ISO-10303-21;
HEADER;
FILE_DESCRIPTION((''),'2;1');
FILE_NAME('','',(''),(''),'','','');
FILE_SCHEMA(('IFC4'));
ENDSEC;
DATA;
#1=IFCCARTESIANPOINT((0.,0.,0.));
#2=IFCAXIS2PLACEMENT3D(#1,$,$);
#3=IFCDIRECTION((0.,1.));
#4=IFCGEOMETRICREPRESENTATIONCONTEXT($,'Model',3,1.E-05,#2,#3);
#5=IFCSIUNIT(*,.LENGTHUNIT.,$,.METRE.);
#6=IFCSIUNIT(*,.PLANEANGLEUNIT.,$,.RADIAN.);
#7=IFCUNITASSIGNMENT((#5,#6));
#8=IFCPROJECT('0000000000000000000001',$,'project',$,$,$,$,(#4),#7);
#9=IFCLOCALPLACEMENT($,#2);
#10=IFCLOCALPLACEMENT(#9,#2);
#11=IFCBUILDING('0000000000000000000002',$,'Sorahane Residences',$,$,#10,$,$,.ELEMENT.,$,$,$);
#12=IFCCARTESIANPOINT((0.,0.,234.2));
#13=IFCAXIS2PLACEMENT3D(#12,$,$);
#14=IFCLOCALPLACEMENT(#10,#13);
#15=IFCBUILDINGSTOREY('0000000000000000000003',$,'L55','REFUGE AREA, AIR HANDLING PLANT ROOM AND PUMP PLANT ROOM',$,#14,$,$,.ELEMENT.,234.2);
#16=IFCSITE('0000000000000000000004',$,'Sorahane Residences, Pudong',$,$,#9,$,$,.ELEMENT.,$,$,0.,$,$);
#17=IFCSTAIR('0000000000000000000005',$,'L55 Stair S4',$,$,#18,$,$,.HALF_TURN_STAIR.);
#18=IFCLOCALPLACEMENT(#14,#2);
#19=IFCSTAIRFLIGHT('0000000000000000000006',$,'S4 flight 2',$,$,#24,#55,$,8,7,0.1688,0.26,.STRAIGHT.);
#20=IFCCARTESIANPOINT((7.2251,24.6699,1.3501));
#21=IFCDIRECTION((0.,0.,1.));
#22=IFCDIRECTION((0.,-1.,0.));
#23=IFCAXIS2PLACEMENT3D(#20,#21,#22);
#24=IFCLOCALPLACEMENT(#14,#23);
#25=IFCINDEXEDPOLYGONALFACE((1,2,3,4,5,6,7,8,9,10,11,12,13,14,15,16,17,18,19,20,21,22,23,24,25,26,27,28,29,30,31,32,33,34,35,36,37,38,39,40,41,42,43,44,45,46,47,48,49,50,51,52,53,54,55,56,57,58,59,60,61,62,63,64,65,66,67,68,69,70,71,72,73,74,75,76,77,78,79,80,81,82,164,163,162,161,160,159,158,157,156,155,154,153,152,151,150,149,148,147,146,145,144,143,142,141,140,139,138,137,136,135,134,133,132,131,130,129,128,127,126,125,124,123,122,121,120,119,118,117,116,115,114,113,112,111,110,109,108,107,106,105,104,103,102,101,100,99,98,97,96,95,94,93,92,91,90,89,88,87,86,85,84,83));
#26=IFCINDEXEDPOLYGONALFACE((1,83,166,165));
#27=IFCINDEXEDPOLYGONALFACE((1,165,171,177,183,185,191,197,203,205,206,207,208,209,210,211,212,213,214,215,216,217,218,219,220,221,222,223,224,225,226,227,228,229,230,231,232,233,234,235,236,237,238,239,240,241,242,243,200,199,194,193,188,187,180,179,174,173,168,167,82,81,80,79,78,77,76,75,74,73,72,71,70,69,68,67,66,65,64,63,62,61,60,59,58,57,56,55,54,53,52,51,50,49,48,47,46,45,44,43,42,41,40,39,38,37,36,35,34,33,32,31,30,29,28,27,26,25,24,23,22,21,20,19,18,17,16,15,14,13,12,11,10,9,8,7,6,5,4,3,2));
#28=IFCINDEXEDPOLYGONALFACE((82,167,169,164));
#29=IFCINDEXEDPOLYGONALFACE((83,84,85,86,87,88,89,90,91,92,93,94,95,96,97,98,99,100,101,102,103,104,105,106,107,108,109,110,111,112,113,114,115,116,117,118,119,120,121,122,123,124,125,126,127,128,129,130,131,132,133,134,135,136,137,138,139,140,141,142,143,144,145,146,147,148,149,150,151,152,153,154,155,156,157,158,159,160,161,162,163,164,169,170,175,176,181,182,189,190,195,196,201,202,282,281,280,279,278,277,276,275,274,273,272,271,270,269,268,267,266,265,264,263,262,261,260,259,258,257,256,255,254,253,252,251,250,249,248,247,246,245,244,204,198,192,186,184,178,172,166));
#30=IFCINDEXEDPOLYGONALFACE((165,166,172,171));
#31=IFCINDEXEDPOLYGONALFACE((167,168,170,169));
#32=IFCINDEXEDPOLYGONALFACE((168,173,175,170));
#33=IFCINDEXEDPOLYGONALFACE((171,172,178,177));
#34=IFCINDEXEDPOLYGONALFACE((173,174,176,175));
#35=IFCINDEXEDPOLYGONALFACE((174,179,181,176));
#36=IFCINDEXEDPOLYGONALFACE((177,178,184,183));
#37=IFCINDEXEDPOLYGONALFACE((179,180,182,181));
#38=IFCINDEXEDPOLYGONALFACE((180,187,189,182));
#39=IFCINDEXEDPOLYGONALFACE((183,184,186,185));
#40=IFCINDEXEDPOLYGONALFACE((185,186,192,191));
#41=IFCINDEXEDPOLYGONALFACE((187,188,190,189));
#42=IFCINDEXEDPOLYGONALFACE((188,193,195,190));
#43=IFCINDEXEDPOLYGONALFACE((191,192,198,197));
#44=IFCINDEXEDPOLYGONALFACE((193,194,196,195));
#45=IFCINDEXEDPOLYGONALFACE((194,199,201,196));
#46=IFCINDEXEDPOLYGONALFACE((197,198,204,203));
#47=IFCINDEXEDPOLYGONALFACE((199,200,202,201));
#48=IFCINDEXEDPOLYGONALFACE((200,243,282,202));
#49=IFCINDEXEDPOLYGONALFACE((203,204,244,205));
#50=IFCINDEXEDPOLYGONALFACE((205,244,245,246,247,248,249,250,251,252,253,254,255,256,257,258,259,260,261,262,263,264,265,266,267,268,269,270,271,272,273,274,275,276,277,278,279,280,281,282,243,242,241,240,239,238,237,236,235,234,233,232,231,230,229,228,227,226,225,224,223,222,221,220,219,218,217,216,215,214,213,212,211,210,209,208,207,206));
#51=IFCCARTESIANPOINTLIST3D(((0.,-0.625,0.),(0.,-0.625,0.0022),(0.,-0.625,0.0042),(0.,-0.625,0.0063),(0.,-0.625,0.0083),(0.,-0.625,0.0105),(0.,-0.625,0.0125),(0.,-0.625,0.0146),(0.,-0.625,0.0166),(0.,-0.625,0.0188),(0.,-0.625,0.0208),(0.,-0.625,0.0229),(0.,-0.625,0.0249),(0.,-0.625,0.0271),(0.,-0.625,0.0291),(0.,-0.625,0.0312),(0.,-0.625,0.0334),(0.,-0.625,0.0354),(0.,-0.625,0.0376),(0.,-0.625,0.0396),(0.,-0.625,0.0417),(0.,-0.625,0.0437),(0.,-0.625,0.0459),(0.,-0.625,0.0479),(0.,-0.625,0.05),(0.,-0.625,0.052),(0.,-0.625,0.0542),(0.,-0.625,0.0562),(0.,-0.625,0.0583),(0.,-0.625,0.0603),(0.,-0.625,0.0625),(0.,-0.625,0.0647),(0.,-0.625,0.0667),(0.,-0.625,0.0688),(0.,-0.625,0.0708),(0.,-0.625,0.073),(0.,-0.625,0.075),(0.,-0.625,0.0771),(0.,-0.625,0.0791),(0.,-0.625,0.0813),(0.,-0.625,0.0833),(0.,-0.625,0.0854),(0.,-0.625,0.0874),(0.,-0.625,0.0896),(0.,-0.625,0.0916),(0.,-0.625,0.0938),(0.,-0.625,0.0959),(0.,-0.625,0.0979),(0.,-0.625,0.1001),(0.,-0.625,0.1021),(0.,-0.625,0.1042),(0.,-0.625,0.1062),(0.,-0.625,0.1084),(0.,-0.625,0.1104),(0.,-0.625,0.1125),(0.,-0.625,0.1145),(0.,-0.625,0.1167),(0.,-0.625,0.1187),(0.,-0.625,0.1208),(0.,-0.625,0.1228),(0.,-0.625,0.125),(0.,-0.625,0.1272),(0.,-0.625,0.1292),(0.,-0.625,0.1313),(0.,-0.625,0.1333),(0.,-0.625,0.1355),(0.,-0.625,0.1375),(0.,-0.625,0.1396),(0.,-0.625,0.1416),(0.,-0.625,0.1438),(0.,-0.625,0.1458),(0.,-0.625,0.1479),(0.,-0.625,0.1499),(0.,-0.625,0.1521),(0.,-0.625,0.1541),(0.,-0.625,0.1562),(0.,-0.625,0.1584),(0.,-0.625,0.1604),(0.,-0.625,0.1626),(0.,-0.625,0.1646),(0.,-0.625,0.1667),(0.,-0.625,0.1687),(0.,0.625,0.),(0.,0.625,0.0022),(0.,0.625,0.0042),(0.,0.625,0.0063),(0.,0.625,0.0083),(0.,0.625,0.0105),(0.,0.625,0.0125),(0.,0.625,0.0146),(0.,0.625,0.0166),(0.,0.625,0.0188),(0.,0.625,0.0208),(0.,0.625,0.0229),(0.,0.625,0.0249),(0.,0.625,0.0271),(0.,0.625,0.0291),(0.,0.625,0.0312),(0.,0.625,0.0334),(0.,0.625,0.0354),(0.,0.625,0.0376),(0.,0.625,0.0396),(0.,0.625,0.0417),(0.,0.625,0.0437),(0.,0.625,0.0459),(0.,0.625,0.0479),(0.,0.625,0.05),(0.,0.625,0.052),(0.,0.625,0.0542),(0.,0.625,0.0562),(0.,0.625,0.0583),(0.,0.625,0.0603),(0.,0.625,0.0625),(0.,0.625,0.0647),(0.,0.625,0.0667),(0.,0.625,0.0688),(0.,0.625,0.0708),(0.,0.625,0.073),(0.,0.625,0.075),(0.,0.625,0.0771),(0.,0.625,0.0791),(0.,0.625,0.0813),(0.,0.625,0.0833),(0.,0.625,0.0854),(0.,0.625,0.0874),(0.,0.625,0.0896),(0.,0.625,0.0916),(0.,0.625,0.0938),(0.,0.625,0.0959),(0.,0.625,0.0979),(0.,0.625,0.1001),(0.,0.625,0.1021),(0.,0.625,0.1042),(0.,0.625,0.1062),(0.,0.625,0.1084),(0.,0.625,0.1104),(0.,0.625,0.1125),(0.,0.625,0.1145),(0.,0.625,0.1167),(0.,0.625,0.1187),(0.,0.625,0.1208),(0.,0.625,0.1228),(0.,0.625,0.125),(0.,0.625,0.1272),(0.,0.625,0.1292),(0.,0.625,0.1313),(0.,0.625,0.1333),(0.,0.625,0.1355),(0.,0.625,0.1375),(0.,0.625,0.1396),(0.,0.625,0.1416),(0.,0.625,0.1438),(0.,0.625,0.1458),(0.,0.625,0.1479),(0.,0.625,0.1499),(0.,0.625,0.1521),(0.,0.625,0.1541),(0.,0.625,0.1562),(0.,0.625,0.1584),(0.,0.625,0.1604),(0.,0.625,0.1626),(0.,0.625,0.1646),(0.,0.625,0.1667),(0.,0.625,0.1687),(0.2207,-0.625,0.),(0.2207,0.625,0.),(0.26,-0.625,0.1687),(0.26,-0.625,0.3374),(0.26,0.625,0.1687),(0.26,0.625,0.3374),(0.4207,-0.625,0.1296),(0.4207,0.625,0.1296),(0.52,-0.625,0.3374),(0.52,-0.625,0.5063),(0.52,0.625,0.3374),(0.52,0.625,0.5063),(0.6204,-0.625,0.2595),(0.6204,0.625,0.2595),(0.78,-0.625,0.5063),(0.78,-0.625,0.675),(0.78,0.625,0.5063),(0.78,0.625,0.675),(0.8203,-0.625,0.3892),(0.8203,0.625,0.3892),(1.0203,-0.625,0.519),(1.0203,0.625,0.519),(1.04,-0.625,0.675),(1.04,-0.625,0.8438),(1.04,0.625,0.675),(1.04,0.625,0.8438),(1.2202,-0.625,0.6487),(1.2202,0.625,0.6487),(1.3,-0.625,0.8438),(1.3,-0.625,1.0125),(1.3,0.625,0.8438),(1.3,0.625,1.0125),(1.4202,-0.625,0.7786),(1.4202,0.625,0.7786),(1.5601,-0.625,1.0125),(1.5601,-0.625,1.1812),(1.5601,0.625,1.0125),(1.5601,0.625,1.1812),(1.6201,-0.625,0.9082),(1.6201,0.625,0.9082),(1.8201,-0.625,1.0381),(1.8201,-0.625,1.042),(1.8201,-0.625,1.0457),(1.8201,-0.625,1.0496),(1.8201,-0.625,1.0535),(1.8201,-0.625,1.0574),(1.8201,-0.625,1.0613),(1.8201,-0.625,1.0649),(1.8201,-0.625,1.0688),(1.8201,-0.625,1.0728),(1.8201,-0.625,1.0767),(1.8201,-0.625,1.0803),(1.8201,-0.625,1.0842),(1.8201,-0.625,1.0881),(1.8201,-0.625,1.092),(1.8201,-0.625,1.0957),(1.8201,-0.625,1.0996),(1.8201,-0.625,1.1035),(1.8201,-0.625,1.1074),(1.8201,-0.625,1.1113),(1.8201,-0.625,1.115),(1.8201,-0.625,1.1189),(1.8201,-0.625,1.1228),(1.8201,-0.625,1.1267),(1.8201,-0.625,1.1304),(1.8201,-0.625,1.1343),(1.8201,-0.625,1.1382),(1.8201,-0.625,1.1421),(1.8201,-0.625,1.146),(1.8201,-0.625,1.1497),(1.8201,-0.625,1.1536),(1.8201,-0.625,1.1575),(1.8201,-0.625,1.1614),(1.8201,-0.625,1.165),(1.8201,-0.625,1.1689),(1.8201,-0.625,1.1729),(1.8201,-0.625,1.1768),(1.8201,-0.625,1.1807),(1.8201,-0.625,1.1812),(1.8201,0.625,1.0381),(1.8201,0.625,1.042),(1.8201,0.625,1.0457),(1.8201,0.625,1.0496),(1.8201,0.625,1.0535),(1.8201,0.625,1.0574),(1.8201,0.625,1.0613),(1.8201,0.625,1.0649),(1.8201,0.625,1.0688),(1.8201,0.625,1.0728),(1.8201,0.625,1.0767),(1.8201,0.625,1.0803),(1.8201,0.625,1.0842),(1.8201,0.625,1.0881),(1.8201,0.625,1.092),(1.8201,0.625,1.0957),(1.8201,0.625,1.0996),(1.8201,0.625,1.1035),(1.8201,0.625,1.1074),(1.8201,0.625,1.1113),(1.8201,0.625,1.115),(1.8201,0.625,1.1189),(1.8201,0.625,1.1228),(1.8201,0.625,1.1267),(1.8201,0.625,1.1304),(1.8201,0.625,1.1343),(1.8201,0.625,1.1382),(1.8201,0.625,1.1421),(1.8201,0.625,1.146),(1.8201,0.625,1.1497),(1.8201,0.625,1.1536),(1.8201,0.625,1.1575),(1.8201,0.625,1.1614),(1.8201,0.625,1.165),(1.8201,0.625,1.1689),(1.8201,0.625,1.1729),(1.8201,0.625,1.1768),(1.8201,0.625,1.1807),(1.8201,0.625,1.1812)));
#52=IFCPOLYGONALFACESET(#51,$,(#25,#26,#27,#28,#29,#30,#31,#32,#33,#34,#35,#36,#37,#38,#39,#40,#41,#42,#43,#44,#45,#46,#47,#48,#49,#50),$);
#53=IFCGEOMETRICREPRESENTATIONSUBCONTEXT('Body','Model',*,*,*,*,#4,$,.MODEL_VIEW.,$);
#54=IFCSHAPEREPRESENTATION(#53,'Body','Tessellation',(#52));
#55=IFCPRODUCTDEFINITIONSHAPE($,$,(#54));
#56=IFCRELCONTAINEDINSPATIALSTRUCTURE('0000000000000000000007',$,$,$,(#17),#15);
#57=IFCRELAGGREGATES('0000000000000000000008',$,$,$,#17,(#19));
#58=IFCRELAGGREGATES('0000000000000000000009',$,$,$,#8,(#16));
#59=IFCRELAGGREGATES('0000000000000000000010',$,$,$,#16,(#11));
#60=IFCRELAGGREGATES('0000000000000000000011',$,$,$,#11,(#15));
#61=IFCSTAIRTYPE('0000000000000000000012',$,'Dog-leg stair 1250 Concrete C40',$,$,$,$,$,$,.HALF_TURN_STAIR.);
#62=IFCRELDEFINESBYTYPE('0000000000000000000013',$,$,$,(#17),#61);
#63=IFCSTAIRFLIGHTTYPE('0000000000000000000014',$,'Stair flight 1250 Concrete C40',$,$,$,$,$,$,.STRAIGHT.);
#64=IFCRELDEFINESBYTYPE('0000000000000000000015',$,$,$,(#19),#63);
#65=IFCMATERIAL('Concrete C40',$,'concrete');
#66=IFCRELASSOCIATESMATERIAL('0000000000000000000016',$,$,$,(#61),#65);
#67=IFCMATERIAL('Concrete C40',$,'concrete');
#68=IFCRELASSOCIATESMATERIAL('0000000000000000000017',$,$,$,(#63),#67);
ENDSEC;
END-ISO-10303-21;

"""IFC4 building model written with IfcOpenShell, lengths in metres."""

from ifc_helpers import new_model, si_unit, direction, frame, origin, place, context, subcontext, project, spatial, polyline, outline, extrude, material, type_object, element, aggregate, save


model = new_model("IFC4")

# Units and contexts
model_context = context("Model", 3, precision=1e-05, world=origin(), true_north=direction((0.0, 1.0)))
body_context = subcontext(model_context, "Body", "Model", "MODEL_VIEW")
ifc_project = project(units=[si_unit("LENGTHUNIT", "METRE"), si_unit("PLANEANGLEUNIT", "RADIAN")], contexts=[model_context])

# Site, building, storey
site_placement = place(None, origin())
site = spatial("IfcSite", under=ifc_project, at=site_placement, Name="Sorahane Residences, Pudong", CompositionType="ELEMENT", RefElevation=0.0)
building_placement = place(site_placement, origin())
building = spatial("IfcBuilding", under=site, at=building_placement, Name="Sorahane Residences", CompositionType="ELEMENT")
storey_placement = place(building_placement, frame((0.0, 0.0, 234.2)))
storey = spatial("IfcBuildingStorey", under=building, at=storey_placement, Name="L55", Description="REFUGE AREA, AIR HANDLING PLANT ROOM AND PUMP PLANT ROOM", CompositionType="ELEMENT", Elevation=234.2)

# Stair, stair flight
ifc_material_1 = material(Name="Concrete C40", Category="concrete")
stair_type = type_object("IfcStairType", Name="Dog-leg stair 1250 Concrete C40", PredefinedType="HALF_TURN_STAIR", material=ifc_material_1)
stair_placement = place(storey_placement, origin())
stair = element("IfcStair", 1, at=stair_placement, inside=storey, type_object=stair_type, Name="L55 Stair S4", PredefinedType="HALF_TURN_STAIR")
ifc_material_2 = material(Name="Concrete C40", Category="concrete")
stair_flight_type = type_object("IfcStairFlightType", Name="Stair flight 1250 Concrete C40", PredefinedType="STRAIGHT", material=ifc_material_2)
stair_flight_1_placement = place(storey_placement, frame((7.2251, 24.6699, 1.3501), z_axis=(0.0, 0.0, 1.0), x_axis=(0.0, -1.0, 0.0)))
stair_flight_1 = element("IfcStairFlight", 2, at=stair_flight_1_placement, type_object=stair_flight_type, Name="S4 flight 2", NumberOfRisers=8, NumberOfTreads=7, PredefinedType="STRAIGHT", RiserHeight=0.1688, TreadLength=0.26, context=body_context, shape_type="SweptSolid", body=[
    extrude(outline(polyline([(0.0, 0.0), (0.0, 0.0022), (0.0, 0.0042), (0.0, 0.0063), (0.0, 0.0083), (0.0, 0.0105), (0.0, 0.0125), (0.0, 0.0146), (0.0, 0.0166), (0.0, 0.0188), (0.0, 0.0208), (0.0, 0.0229), (0.0, 0.0249), (0.0, 0.0271), (0.0, 0.0291), (0.0, 0.0312), (0.0, 0.0334), (0.0, 0.0354), (0.0, 0.0376), (0.0, 0.0396), (0.0, 0.0417), (0.0, 0.0437), (0.0, 0.0459), (0.0, 0.0479), (0.0, 0.05), (0.0, 0.052), (0.0, 0.0542), (0.0, 0.0562), (0.0, 0.0583), (0.0, 0.0603), (0.0, 0.0625), (0.0, 0.0647), (0.0, 0.0667), (0.0, 0.0688), (0.0, 0.0708), (0.0, 0.073), (0.0, 0.075), (0.0, 0.0771), (0.0, 0.0791), (0.0, 0.0813), (0.0, 0.0833), (0.0, 0.0854), (0.0, 0.0874), (0.0, 0.0896), (0.0, 0.0916), (0.0, 0.0938), (0.0, 0.0959), (0.0, 0.0979), (0.0, 0.1001), (0.0, 0.1021), (0.0, 0.1042), (0.0, 0.1062), (0.0, 0.1084), (0.0, 0.1104), (0.0, 0.1125), (0.0, 0.1145), (0.0, 0.1167), (0.0, 0.1187), (0.0, 0.1208), (0.0, 0.1228), (0.0, 0.125), (0.0, 0.1272), (0.0, 0.1292), (0.0, 0.1313), (0.0, 0.1333), (0.0, 0.1355), (0.0, 0.1375), (0.0, 0.1396), (0.0, 0.1416), (0.0, 0.1438), (0.0, 0.1458), (0.0, 0.1479), (0.0, 0.1499), (0.0, 0.1521), (0.0, 0.1541), (0.0, 0.1562), (0.0, 0.1584), (0.0, 0.1604), (0.0, 0.1626), (0.0, 0.1646), (0.0, 0.1667), (0.0, 0.1687), (0.26, 0.1687), (0.26, 0.3374), (0.52, 0.3374), (0.52, 0.5063), (0.78, 0.5063), (0.78, 0.675), (1.04, 0.675), (1.04, 0.8438), (1.3, 0.8438), (1.3, 1.0125), (1.5601, 1.0125), (1.5601, 1.1812), (1.8201, 1.1812), (1.8201, 1.3501), (1.8201, 1.3462), (1.8201, 1.3423), (1.8201, 1.3384), (1.8201, 1.3347), (1.8201, 1.3308), (1.8201, 1.3269), (1.8201, 1.323), (1.8201, 1.3191), (1.8201, 1.3154), (1.8201, 1.3115), (1.8201, 1.3076), (1.8201, 1.3037), (1.8201, 1.3), (1.8201, 1.2961), (1.8201, 1.2922), (1.8201, 1.2883), (1.8201, 1.2844), (1.8201, 1.2808), (1.8201, 1.2769), (1.8201, 1.2729), (1.8201, 1.269), (1.8201, 1.2654), (1.8201, 1.2615), (1.8201, 1.2576), (1.8201, 1.2537), (1.8201, 1.2498), (1.8201, 1.2461), (1.8201, 1.2422), (1.8201, 1.2383), (1.8201, 1.2344), (1.8201, 1.2307), (1.8201, 1.2268), (1.8201, 1.2229), (1.8201, 1.219), (1.8201, 1.2151), (1.8201, 1.2114), (1.8201, 1.2075), (1.8201, 1.2036), (1.8201, 1.1997), (1.8201, 1.196), (1.8201, 1.1921), (1.8201, 1.1882), (1.8201, 1.1843), (1.8201, 1.1807), (1.8201, 1.1768), (1.8201, 1.1729), (1.8201, 1.1689), (1.8201, 1.165), (1.8201, 1.1614), (1.8201, 1.1575), (1.8201, 1.1536), (1.8201, 1.1497), (1.8201, 1.146), (1.8201, 1.1421), (1.8201, 1.1382), (1.8201, 1.1343), (1.8201, 1.1304), (1.8201, 1.1267), (1.8201, 1.1228), (1.8201, 1.1189), (1.8201, 1.115), (1.8201, 1.1113), (1.8201, 1.1074), (1.8201, 1.1035), (1.8201, 1.0996), (1.8201, 1.0957), (1.8201, 1.092), (1.8201, 1.0881), (1.8201, 1.0842), (1.8201, 1.0803), (1.8201, 1.0767), (1.8201, 1.0728), (1.8201, 1.0688), (1.8201, 1.0649), (1.8201, 1.0613), (1.8201, 1.0574), (1.8201, 1.0535), (1.8201, 1.0496), (1.8201, 1.0457), (1.8201, 1.042), (1.8201, 1.0381), (1.6201, 0.9082), (1.4202, 0.7786), (1.2202, 0.6487), (1.0203, 0.519), (0.8203, 0.3892), (0.6204, 0.2595), (0.4207, 0.1296), (0.2207, 0.0), (0.0, 0.0)])), frame((0.0, 0.625, 0.0), z_axis=(0.0, -1.0, 0.0), x_axis=(1.0, 0.0, 0.0)), (0.0, 0.0, 1.0), 1.25),
])
aggregate(stair, [stair_flight_1])

save(model, "model.ifc")
